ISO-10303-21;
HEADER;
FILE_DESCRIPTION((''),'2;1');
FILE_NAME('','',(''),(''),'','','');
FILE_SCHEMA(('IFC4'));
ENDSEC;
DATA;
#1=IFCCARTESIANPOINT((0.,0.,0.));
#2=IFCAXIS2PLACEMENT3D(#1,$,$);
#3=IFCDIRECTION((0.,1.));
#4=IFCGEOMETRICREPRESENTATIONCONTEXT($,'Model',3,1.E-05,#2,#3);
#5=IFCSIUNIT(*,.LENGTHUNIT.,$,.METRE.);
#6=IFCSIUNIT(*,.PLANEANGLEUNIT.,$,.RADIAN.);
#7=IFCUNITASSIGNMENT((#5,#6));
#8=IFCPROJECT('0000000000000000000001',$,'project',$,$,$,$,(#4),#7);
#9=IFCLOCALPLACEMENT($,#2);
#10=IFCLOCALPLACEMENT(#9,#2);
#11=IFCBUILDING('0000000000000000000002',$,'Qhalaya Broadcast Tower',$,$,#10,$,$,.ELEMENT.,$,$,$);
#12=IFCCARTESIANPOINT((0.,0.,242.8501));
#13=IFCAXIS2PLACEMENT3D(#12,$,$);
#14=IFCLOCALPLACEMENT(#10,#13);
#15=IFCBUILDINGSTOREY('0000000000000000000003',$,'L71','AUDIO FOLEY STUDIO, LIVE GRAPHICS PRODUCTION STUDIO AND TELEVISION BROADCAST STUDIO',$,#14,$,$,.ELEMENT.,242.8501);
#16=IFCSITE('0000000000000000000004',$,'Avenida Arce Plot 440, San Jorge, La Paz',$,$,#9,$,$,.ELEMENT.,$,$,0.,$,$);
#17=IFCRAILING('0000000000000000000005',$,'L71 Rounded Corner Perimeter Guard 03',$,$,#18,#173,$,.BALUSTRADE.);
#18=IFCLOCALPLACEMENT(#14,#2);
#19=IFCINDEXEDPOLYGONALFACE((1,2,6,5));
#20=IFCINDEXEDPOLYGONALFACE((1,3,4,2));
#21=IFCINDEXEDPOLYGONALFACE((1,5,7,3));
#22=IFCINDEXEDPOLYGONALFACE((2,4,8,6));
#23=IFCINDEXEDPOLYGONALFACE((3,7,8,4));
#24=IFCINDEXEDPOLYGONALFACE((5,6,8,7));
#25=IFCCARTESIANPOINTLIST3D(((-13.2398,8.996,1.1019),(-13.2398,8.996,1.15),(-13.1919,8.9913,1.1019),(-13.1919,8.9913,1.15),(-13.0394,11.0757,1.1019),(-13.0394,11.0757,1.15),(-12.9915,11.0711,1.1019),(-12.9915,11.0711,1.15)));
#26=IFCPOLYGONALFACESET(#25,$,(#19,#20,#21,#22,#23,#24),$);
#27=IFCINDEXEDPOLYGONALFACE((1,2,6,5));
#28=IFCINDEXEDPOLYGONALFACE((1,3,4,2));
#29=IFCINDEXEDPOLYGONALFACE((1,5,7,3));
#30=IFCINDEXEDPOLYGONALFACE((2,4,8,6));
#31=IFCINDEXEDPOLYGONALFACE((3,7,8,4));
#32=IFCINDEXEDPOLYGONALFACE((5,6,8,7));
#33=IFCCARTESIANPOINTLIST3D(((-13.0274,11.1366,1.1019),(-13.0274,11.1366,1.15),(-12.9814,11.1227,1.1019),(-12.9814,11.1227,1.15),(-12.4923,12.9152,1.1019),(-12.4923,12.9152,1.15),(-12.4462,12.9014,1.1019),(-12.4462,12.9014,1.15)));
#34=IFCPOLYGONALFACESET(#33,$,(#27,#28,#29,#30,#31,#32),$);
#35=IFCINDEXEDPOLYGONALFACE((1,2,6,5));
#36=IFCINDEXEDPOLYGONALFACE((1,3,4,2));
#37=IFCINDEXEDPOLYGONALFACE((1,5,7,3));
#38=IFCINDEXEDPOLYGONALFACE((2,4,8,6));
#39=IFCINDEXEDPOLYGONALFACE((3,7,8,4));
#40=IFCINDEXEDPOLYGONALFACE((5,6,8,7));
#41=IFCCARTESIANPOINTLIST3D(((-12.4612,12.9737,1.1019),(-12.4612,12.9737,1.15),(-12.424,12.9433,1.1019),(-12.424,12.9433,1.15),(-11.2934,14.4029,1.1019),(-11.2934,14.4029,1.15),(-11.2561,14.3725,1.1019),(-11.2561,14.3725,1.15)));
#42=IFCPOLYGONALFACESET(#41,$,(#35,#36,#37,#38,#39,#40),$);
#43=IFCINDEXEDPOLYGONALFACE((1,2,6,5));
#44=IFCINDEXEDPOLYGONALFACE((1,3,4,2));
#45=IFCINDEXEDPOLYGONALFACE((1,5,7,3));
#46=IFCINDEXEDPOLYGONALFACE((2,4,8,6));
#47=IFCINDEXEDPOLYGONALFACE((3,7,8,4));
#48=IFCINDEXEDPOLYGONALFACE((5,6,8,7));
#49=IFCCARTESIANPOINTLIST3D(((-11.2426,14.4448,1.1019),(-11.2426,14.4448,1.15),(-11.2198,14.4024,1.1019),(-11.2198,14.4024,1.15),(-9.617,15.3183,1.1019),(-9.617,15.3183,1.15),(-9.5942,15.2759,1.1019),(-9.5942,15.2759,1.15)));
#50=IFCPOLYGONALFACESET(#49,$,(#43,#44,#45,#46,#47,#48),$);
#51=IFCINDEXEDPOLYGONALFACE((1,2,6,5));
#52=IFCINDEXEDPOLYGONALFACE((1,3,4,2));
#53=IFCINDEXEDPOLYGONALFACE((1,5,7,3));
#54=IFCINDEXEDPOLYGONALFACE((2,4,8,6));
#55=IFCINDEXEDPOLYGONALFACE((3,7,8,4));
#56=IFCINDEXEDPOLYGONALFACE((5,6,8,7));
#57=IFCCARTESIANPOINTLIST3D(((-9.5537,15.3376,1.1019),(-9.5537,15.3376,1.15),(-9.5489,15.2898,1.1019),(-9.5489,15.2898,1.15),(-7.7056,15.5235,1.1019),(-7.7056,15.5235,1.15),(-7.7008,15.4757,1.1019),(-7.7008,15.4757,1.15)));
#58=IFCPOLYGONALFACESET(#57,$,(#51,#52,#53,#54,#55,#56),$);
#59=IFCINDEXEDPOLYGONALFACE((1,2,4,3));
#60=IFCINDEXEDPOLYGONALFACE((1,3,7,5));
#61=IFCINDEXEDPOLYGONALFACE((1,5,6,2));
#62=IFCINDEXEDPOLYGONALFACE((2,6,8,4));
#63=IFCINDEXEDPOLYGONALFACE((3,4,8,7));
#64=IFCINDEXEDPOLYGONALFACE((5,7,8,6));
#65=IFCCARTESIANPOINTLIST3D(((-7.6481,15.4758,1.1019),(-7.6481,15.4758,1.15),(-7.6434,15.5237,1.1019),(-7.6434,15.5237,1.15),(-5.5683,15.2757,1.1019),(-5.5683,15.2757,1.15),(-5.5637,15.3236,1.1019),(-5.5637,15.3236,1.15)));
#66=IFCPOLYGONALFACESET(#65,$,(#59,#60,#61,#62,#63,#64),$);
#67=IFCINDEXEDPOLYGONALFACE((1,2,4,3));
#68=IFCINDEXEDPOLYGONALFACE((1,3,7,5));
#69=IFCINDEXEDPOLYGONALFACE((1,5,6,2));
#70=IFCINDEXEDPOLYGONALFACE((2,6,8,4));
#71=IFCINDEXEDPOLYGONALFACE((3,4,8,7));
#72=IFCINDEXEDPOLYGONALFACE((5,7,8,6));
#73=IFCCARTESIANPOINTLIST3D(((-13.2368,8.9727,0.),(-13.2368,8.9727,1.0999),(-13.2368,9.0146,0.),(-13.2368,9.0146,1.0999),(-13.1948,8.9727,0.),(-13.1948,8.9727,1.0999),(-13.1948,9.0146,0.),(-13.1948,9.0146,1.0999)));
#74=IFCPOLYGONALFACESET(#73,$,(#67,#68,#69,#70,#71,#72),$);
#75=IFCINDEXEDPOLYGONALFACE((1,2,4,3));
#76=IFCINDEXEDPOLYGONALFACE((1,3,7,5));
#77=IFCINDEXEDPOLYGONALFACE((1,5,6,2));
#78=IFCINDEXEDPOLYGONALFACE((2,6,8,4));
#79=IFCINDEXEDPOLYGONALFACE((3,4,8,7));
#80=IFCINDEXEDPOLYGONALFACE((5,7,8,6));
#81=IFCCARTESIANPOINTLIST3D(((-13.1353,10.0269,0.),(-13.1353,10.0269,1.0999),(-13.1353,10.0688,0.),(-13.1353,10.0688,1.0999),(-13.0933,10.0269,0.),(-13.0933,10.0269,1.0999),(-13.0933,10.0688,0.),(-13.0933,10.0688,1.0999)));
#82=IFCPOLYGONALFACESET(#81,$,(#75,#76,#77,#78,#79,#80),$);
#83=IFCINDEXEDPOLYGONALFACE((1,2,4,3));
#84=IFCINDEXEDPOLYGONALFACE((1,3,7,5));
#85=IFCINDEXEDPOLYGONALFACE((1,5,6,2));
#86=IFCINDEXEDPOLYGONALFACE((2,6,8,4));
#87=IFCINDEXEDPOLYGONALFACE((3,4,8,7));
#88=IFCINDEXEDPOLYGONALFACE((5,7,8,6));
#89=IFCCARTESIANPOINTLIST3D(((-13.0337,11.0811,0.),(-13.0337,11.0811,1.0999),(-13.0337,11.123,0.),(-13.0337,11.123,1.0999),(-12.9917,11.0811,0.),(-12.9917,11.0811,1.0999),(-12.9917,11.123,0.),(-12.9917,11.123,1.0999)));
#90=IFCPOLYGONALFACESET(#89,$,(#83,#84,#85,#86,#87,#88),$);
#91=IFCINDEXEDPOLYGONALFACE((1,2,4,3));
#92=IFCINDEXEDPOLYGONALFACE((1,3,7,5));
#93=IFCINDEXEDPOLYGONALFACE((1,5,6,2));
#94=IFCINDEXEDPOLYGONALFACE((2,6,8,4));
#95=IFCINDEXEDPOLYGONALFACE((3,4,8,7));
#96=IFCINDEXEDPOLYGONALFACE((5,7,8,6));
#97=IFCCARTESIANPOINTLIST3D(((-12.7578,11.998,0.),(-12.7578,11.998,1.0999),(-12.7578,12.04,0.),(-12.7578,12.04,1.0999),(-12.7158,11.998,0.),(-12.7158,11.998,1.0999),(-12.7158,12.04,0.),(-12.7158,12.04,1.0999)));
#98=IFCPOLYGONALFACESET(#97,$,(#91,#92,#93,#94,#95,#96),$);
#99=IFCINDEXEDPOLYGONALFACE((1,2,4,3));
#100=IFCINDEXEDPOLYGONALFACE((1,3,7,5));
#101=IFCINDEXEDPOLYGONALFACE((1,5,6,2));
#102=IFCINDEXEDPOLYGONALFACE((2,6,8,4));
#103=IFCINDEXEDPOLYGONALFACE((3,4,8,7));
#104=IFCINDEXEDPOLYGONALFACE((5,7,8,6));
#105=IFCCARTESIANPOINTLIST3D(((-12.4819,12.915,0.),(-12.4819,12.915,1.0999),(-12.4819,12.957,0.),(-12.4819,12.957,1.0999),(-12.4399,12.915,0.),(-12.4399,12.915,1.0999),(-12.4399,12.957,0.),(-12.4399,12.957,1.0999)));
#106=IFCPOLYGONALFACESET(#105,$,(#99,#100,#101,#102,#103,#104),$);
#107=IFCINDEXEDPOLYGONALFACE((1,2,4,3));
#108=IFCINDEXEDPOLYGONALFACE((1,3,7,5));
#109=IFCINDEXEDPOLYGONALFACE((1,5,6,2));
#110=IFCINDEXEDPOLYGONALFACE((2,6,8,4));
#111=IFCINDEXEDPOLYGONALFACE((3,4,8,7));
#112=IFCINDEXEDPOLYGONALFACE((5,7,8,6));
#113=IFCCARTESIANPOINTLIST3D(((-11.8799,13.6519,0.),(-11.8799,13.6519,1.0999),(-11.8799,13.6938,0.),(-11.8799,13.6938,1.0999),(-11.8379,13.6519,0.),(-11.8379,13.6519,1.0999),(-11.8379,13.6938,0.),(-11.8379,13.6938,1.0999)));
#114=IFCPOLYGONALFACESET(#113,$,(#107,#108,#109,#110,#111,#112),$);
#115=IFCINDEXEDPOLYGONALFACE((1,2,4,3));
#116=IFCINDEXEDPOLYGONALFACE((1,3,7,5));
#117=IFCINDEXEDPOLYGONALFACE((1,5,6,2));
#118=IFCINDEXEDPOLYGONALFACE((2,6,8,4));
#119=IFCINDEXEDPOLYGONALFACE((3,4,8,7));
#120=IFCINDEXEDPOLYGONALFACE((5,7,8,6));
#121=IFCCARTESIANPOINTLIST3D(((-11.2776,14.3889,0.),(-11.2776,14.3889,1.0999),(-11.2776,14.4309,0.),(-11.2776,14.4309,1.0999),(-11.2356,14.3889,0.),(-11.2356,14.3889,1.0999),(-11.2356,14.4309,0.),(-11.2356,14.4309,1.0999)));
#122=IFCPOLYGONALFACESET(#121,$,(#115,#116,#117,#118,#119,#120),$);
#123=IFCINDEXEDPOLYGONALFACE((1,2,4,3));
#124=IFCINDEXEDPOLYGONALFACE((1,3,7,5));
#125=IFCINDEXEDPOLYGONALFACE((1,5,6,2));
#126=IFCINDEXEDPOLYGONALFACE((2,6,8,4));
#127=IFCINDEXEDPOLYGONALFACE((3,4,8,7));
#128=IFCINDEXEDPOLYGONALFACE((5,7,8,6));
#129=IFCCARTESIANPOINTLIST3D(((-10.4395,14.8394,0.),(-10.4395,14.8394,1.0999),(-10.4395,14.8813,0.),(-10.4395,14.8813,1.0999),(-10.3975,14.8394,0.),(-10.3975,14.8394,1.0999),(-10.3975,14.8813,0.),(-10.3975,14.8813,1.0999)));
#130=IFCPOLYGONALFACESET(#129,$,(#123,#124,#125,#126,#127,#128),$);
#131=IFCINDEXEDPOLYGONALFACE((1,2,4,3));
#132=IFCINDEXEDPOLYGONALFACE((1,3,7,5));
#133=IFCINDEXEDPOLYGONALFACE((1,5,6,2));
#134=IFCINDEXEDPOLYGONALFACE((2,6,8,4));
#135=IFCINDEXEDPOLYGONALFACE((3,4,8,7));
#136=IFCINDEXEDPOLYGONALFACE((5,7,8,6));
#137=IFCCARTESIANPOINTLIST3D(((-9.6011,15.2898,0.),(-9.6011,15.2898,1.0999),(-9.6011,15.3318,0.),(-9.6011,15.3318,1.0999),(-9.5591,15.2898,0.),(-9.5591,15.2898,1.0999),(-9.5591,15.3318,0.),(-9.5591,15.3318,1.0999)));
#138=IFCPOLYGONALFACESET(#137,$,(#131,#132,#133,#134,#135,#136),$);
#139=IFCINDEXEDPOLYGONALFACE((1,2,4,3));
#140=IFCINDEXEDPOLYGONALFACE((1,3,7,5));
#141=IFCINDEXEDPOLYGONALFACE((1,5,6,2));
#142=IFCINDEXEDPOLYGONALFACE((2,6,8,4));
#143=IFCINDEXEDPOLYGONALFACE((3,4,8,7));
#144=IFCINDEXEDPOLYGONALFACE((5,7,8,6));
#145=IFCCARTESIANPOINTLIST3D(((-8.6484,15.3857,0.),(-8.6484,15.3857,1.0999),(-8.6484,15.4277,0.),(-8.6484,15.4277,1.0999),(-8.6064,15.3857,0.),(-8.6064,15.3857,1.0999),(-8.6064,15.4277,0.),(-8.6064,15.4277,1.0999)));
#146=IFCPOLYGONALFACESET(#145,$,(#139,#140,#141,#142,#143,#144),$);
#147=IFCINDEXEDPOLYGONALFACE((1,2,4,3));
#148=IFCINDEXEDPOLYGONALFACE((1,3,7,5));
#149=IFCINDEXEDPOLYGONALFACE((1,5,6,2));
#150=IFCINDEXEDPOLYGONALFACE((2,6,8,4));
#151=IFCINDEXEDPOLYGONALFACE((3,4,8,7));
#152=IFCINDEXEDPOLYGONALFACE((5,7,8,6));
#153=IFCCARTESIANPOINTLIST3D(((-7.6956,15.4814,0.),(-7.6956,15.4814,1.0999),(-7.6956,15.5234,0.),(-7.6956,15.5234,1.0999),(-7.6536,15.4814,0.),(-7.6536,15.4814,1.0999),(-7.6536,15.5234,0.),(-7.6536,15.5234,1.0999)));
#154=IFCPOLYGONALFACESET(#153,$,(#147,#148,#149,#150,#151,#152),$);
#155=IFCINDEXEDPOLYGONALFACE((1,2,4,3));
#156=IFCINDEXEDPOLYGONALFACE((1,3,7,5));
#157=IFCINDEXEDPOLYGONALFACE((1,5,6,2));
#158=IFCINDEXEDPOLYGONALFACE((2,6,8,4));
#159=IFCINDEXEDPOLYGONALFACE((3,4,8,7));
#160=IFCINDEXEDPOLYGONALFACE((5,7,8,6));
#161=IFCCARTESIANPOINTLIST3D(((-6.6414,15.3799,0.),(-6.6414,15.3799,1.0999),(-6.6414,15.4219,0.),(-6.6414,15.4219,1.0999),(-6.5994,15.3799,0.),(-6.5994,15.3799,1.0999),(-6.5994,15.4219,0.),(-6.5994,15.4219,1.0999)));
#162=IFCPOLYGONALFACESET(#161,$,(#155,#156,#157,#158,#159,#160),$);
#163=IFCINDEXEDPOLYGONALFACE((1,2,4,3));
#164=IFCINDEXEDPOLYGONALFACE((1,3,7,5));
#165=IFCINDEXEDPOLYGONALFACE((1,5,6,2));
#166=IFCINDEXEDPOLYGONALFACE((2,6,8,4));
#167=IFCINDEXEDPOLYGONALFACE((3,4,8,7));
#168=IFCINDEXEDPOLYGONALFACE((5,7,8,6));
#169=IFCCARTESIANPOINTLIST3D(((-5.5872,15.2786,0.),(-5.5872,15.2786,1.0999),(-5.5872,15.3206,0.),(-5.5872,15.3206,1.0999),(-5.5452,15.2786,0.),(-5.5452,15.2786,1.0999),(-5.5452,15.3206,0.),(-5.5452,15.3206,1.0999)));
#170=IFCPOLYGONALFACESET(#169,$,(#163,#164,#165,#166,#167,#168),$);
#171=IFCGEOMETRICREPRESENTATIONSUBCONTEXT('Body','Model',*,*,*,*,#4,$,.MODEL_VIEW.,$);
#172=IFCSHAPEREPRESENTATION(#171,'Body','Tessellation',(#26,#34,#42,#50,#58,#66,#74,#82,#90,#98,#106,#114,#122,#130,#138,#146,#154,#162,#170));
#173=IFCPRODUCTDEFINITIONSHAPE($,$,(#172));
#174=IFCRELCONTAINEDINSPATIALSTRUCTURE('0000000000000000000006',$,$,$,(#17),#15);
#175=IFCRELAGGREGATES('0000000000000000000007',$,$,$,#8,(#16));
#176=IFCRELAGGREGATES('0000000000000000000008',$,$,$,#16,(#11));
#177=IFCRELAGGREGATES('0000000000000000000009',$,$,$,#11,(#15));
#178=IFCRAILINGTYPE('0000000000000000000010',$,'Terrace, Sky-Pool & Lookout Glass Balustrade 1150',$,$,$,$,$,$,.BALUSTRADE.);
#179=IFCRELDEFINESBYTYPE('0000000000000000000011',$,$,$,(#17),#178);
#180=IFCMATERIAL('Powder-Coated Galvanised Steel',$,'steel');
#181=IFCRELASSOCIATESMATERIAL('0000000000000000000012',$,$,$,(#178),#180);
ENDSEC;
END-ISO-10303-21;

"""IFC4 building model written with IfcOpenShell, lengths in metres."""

from ifc_helpers import new_model, si_unit, direction, frame, origin, origin_2d, place, context, subcontext, project, spatial, rectangle, extrude, material, type_object, element, save


model = new_model("IFC4")

# Units and contexts
model_context = context("Model", 3, precision=1e-05, world=origin(), true_north=direction((0.0, 1.0)))
body_context = subcontext(model_context, "Body", "Model", "MODEL_VIEW")
ifc_project = project(units=[si_unit("LENGTHUNIT", "METRE"), si_unit("PLANEANGLEUNIT", "RADIAN")], contexts=[model_context])

# Site, building, storey
site_placement = place(None, origin())
site = spatial("IfcSite", under=ifc_project, at=site_placement, Name="Avenida Arce Plot 440, San Jorge, La Paz", CompositionType="ELEMENT", RefElevation=0.0)
building_placement = place(site_placement, origin())
building = spatial("IfcBuilding", under=site, at=building_placement, Name="Qhalaya Broadcast Tower", CompositionType="ELEMENT")
storey_placement = place(building_placement, frame((0.0, 0.0, 242.8501)))
storey = spatial("IfcBuildingStorey", under=building, at=storey_placement, Name="L71", Description="AUDIO FOLEY STUDIO, LIVE GRAPHICS PRODUCTION STUDIO AND TELEVISION BROADCAST STUDIO", CompositionType="ELEMENT", Elevation=242.8501)

# Railing
ifc_material_1 = material(Name="Powder-Coated Galvanised Steel", Category="steel")
railing_type = type_object("IfcRailingType", Name="Terrace, Sky-Pool & Lookout Glass Balustrade 1150", PredefinedType="BALUSTRADE", material=ifc_material_1)
railing_placement = place(storey_placement, frame((-13.2158, 8.9937, 0.0)))
element("IfcRailing", 1, at=railing_placement, inside=storey, type_object=railing_type, Name="L71 Rounded Corner Perimeter Guard 03", PredefinedType="BALUSTRADE", context=body_context, shape_type="SweptSolid", body=[
    extrude(rectangle(XDim=0.0481, YDim=0.0481, at=origin_2d()), frame((0.0, 0.0, 1.126), z_axis=(0.095897, 0.995391, 0.0), x_axis=(-0.995391, 0.095897, 0.0)), (0.0, 0.0, 1.0), 2.0894),
    extrude(rectangle(XDim=0.0481, YDim=0.0481, at=origin_2d()), frame((0.2114, 2.136, 1.126), z_axis=(0.288096, 0.957601, 0.0), x_axis=(-0.957601, 0.288096, 0.0)), (0.0, 0.0, 1.0), 1.8574),
    extrude(rectangle(XDim=0.0481, YDim=0.0481, at=origin_2d()), frame((0.7732, 3.9648, 1.126), z_axis=(0.632749, 0.774357, 0.0), x_axis=(-0.774357, 0.632749, 0.0)), (0.0, 0.0, 1.0), 1.8457),
    extrude(rectangle(XDim=0.0481, YDim=0.0481, at=origin_2d()), frame((1.9846, 5.4299, 1.126), z_axis=(0.880879, 0.473342, 0.0), x_axis=(-0.473342, 0.880879, 0.0)), (0.0, 0.0, 1.0), 1.8455),
    extrude(rectangle(XDim=0.0481, YDim=0.0481, at=origin_2d()), frame((3.6646, 6.3201, 1.126), z_axis=(0.99498, 0.100072, 0.0), x_axis=(-0.100072, 0.99498, 0.0)), (0.0, 0.0, 1.0), 1.8574),
    extrude(rectangle(XDim=0.0481, YDim=0.0481, at=origin_2d()), frame((5.5701, 6.5061, 1.126), z_axis=(0.995402, -0.095783, 0.0), x_axis=(0.095783, 0.995402, 0.0)), (0.0, 0.0, 1.0), 2.0894),
    extrude(rectangle(XDim=0.042, YDim=0.042, at=origin_2d()), origin(), (0.0, 0.0, 1.0), 1.0999),
    extrude(rectangle(XDim=0.042, YDim=0.042, at=origin_2d()), frame((0.1016, 1.0542, 0.0)), (0.0, 0.0, 1.0), 1.0999),
    extrude(rectangle(XDim=0.042, YDim=0.042, at=origin_2d()), frame((0.2031, 2.1084, 0.0)), (0.0, 0.0, 1.0), 1.0999),
    extrude(rectangle(XDim=0.042, YDim=0.042, at=origin_2d()), frame((0.479, 3.0254, 0.0)), (0.0, 0.0, 1.0), 1.0999),
    extrude(rectangle(XDim=0.042, YDim=0.042, at=origin_2d()), frame((0.7549, 3.9424, 0.0)), (0.0, 0.0, 1.0), 1.0999),
    extrude(rectangle(XDim=0.042, YDim=0.042, at=origin_2d()), frame((1.3569, 4.6792, 0.0)), (0.0, 0.0, 1.0), 1.0999),
    extrude(rectangle(XDim=0.042, YDim=0.042, at=origin_2d()), frame((1.9592, 5.4163, 0.0)), (0.0, 0.0, 1.0), 1.0999),
    extrude(rectangle(XDim=0.042, YDim=0.042, at=origin_2d()), frame((2.7974, 5.8667, 0.0)), (0.0, 0.0, 1.0), 1.0999),
    extrude(rectangle(XDim=0.042, YDim=0.042, at=origin_2d()), frame((3.6357, 6.3171, 0.0)), (0.0, 0.0, 1.0), 1.0999),
    extrude(rectangle(XDim=0.042, YDim=0.042, at=origin_2d()), frame((4.5884, 6.4131, 0.0)), (0.0, 0.0, 1.0), 1.0999),
    extrude(rectangle(XDim=0.042, YDim=0.042, at=origin_2d()), frame((5.5413, 6.5088, 0.0)), (0.0, 0.0, 1.0), 1.0999),
    extrude(rectangle(XDim=0.042, YDim=0.042, at=origin_2d()), frame((6.5955, 6.4072, 0.0)), (0.0, 0.0, 1.0), 1.0999),
    extrude(rectangle(XDim=0.042, YDim=0.042, at=origin_2d()), frame((7.6497, 6.3059, 0.0)), (0.0, 0.0, 1.0), 1.0999),
])

save(model, "model.ifc")
